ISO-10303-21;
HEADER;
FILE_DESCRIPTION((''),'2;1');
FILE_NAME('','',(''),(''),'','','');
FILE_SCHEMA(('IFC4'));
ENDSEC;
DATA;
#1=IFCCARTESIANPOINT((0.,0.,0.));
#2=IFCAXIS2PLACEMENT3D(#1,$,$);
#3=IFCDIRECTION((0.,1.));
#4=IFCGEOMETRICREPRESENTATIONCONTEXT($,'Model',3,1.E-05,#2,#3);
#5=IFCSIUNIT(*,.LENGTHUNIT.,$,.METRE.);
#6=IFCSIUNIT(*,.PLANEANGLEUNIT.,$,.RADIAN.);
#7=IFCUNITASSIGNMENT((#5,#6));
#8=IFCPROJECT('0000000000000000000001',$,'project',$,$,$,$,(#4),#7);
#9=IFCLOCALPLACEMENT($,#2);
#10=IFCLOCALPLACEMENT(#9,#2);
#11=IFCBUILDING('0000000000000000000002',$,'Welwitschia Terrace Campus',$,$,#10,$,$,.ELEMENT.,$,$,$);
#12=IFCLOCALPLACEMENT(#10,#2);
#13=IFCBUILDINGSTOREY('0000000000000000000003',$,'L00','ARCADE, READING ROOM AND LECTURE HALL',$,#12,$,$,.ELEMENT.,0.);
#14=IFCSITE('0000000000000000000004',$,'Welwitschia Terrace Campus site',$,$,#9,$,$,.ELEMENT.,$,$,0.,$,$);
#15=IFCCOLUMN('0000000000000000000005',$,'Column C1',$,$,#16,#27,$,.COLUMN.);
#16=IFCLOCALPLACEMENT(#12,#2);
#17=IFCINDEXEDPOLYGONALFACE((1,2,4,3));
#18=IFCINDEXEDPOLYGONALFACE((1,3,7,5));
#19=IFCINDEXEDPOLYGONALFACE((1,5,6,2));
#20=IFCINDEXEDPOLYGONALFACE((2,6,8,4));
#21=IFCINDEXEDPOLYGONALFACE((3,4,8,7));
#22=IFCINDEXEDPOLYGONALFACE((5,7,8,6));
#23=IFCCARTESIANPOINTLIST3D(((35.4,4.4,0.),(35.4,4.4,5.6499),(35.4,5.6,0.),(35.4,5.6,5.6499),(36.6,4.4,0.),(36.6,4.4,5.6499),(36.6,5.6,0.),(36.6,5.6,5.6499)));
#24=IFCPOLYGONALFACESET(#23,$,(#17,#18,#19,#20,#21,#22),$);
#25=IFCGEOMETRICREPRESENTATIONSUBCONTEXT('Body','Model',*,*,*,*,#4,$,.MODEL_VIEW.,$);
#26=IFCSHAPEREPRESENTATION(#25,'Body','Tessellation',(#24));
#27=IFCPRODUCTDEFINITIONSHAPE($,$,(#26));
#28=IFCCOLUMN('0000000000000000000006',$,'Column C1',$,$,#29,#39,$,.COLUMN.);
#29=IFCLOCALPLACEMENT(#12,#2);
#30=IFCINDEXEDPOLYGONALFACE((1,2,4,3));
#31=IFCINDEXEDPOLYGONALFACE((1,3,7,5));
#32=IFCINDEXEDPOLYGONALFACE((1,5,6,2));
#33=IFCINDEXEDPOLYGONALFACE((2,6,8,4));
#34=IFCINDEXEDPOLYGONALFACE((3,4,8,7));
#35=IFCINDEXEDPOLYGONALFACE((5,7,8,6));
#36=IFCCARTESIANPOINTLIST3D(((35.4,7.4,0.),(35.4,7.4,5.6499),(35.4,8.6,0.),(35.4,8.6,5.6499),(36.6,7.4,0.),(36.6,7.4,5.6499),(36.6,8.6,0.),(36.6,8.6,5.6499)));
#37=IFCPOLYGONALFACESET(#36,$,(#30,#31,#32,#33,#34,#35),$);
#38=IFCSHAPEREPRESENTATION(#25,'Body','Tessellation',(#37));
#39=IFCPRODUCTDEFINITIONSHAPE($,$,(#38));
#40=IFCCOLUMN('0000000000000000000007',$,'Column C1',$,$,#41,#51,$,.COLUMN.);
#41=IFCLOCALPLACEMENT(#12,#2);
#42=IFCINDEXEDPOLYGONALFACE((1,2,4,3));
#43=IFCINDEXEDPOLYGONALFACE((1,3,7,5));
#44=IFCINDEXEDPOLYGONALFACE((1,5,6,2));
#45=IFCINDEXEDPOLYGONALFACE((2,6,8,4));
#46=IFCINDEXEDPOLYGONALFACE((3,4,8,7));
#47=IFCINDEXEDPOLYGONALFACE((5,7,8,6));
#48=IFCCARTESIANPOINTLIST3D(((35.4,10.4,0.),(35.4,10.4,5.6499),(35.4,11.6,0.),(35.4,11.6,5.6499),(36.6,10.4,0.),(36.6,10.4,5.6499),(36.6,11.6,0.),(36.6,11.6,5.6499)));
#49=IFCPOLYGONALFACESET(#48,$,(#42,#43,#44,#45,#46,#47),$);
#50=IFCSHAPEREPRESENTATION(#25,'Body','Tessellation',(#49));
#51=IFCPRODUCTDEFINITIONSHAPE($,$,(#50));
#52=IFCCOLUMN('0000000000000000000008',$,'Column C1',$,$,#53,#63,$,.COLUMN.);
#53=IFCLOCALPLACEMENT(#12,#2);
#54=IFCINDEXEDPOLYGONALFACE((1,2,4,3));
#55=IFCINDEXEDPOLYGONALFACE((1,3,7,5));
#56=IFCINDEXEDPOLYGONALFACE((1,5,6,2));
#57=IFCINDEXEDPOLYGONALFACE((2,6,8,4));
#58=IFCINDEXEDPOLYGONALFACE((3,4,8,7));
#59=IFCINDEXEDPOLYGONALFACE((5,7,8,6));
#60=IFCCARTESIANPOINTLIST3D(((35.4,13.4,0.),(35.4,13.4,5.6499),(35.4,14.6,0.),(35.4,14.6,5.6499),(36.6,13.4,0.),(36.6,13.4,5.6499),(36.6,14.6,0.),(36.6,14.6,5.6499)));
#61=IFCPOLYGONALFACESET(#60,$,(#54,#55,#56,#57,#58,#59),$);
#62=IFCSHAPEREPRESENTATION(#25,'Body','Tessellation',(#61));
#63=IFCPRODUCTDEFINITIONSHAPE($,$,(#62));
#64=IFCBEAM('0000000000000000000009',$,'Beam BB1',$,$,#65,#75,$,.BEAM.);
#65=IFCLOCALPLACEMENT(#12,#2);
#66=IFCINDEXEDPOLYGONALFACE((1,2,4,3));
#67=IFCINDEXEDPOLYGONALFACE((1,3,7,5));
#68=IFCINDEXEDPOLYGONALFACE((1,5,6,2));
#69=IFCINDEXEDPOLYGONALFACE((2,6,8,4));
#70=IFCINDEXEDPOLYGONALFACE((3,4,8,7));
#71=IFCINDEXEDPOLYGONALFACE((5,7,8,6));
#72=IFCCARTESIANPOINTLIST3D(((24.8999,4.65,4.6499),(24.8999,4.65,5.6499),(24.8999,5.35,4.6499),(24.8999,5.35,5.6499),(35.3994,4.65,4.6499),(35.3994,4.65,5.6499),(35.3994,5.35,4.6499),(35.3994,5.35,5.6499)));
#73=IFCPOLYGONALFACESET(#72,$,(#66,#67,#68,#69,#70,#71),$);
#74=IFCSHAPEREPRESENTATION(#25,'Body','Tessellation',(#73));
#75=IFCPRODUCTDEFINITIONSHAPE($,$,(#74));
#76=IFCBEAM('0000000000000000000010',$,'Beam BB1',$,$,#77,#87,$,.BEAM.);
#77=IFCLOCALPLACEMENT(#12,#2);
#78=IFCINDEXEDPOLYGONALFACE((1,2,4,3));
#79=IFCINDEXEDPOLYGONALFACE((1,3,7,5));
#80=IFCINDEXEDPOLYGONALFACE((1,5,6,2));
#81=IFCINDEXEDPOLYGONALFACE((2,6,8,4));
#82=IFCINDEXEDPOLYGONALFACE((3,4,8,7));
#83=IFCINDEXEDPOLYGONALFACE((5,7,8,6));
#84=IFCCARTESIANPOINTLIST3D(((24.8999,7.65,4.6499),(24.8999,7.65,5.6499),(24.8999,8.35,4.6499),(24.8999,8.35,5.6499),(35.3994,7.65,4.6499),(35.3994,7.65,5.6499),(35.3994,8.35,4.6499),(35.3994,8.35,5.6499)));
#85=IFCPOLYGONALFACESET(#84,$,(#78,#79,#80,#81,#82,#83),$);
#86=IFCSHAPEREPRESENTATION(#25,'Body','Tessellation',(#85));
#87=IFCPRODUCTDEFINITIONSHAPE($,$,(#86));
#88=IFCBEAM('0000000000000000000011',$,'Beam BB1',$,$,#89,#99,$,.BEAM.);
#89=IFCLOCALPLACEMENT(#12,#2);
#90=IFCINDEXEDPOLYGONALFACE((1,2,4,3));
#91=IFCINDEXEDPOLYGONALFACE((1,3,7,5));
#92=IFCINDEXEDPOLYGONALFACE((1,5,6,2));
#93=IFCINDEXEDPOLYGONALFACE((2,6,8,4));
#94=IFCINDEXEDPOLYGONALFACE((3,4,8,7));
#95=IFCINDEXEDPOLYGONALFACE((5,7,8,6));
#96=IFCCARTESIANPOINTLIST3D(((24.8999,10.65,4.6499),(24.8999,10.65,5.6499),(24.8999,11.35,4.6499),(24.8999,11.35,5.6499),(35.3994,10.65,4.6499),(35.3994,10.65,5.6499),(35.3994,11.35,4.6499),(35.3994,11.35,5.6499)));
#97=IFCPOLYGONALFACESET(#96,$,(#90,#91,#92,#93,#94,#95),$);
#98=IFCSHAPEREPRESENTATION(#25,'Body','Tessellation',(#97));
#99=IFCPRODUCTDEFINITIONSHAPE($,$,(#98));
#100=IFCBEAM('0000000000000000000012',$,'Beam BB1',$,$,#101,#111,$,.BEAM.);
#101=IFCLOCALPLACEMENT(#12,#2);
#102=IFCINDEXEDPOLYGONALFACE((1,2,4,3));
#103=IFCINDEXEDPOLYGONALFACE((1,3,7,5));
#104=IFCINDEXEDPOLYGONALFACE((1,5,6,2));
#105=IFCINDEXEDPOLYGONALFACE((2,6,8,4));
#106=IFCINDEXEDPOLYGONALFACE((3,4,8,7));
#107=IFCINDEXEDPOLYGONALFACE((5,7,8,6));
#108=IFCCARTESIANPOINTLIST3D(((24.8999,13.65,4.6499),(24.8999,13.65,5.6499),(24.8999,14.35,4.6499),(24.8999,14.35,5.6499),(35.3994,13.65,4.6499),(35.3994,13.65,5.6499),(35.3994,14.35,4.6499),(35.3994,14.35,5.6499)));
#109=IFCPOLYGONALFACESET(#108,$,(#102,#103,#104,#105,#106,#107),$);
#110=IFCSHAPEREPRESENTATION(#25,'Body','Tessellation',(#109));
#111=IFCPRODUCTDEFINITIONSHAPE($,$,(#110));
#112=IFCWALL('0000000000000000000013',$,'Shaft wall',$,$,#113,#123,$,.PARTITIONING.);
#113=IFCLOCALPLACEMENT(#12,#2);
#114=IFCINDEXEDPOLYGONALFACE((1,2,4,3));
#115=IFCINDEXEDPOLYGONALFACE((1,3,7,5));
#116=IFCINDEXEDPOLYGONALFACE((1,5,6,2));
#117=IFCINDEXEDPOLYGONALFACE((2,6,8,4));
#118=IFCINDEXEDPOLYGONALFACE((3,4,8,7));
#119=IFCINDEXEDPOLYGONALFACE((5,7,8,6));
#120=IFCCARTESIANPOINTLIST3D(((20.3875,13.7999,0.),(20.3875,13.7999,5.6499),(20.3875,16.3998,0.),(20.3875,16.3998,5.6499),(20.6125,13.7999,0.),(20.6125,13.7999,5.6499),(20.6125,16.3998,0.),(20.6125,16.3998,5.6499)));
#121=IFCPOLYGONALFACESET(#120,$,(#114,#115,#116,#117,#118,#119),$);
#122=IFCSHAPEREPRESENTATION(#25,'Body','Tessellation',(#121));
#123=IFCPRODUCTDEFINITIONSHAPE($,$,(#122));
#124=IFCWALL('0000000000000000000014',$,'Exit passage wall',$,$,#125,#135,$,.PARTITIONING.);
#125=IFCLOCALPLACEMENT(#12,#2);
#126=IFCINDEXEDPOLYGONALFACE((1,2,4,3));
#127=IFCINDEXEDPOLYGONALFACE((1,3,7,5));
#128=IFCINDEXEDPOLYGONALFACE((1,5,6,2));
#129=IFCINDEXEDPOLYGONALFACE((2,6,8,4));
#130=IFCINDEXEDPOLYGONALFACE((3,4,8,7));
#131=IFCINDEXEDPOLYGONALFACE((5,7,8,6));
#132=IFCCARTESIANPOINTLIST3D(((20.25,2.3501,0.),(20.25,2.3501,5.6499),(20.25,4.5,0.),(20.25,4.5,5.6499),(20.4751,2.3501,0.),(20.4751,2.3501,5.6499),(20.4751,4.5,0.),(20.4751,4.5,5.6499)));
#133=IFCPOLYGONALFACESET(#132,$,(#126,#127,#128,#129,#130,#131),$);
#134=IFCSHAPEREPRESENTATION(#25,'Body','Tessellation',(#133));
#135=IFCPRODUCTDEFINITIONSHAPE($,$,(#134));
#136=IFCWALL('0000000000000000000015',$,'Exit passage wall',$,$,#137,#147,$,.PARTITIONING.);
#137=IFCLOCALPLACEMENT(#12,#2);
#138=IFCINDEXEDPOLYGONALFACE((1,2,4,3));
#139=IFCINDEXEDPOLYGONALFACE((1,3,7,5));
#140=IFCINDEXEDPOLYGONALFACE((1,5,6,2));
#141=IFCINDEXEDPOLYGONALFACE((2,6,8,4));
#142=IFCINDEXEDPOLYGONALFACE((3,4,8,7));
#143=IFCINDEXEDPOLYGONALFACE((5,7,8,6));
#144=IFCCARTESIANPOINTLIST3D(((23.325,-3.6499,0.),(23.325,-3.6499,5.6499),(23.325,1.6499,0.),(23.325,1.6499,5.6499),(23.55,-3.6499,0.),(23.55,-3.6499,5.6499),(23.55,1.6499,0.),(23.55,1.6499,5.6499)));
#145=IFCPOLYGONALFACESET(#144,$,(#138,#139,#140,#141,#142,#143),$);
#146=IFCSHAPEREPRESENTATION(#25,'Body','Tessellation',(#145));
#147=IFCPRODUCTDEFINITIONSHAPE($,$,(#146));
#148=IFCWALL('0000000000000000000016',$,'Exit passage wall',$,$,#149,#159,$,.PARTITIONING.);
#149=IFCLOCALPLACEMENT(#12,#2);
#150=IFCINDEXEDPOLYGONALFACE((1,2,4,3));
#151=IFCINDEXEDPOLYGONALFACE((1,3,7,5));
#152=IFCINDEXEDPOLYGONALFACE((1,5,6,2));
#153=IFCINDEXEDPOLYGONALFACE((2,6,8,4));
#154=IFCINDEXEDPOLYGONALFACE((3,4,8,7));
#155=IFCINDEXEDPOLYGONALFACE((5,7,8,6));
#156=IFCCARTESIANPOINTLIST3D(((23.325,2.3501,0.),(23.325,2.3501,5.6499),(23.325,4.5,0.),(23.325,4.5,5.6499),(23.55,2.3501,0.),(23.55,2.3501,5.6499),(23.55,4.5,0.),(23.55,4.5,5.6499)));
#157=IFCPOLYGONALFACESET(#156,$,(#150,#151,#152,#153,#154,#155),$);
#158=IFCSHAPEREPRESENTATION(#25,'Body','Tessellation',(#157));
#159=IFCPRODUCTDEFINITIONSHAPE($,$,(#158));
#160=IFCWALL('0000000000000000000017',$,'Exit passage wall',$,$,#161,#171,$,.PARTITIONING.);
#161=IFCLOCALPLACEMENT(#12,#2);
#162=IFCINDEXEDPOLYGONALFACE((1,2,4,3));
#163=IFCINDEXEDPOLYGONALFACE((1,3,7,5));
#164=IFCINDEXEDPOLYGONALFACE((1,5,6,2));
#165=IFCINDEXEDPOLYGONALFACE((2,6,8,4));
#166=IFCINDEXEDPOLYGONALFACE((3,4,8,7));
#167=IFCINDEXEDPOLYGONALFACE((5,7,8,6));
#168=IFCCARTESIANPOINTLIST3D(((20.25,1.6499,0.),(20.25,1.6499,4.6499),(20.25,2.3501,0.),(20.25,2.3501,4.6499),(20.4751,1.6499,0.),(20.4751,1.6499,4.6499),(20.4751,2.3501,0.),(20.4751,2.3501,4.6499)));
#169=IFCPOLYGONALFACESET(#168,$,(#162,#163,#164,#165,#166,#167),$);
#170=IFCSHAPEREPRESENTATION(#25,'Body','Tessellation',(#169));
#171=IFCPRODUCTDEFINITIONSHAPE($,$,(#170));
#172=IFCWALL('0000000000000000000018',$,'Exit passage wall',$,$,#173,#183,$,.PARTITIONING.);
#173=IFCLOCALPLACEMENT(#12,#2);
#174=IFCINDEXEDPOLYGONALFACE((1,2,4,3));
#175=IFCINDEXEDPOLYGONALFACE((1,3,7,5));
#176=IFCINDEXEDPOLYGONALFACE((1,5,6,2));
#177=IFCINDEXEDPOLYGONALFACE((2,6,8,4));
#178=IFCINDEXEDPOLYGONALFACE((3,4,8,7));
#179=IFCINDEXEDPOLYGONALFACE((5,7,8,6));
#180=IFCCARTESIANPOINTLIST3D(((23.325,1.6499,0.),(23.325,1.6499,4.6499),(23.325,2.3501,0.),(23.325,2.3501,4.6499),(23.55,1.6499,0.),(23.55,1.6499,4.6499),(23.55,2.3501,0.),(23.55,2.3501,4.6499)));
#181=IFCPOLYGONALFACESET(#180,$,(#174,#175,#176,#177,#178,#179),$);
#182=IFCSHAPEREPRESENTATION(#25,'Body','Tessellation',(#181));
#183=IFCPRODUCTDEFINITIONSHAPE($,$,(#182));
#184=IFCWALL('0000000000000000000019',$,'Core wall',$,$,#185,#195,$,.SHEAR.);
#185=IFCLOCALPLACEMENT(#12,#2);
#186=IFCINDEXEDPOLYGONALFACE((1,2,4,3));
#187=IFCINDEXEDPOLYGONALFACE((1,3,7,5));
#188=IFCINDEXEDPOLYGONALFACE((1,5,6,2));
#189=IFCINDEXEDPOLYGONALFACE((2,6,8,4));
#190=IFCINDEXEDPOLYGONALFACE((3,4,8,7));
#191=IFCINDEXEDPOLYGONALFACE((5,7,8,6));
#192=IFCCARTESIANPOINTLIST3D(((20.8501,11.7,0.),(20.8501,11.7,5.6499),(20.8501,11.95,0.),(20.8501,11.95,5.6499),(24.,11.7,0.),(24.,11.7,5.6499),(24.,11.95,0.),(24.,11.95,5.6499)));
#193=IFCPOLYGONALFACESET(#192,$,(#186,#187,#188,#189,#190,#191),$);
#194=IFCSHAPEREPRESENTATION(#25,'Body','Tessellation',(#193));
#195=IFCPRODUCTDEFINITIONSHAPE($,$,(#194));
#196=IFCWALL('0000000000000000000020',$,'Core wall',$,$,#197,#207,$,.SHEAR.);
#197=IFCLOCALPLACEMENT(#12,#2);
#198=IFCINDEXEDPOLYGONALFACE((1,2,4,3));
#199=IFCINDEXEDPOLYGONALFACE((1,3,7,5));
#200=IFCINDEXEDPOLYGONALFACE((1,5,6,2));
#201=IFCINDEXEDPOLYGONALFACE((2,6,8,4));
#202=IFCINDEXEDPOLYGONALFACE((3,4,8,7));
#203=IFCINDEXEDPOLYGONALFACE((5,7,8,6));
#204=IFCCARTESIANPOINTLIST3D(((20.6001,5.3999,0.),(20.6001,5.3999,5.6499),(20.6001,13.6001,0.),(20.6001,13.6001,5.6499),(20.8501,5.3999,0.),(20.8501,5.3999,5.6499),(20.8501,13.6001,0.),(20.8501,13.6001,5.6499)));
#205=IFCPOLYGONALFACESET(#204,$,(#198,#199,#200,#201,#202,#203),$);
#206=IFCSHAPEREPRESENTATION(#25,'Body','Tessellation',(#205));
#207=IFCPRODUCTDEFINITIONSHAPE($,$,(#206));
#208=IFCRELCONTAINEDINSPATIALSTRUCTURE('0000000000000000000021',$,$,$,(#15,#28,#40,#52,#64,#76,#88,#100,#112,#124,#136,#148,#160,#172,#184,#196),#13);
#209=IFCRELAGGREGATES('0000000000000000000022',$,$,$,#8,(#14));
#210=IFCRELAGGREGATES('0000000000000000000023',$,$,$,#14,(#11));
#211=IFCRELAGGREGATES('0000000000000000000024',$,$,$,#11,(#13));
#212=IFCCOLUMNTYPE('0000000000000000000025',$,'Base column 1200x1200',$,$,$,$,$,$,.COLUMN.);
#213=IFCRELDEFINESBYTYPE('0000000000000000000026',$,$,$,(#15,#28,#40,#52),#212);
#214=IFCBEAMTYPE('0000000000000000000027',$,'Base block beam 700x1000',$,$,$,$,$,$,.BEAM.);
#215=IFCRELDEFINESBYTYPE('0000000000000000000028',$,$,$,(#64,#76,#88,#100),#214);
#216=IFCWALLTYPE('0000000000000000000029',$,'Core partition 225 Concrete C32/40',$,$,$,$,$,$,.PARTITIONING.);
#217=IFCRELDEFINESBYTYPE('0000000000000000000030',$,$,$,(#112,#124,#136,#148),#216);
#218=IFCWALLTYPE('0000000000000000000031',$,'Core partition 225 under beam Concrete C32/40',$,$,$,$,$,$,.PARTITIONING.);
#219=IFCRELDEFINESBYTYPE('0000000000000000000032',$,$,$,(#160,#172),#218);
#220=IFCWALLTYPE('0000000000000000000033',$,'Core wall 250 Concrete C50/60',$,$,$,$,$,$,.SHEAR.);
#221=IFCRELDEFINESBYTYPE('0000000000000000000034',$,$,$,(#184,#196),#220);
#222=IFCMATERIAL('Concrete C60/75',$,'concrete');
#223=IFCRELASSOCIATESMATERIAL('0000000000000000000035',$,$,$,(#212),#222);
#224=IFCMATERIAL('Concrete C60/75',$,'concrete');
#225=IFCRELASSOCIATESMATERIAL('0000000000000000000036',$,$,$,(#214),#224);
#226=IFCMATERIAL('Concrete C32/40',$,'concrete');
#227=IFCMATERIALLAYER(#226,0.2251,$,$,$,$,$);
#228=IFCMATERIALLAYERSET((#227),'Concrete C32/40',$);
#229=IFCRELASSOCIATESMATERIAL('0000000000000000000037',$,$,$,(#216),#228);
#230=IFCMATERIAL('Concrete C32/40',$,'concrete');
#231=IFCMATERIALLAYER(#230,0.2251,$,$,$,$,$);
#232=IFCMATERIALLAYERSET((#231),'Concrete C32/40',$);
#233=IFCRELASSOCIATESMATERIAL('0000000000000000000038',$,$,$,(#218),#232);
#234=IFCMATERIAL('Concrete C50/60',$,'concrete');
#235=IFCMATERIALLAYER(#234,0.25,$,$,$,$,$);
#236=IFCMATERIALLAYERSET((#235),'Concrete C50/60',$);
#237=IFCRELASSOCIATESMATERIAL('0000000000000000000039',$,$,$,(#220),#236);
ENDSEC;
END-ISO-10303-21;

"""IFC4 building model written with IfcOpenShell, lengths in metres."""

from ifc_helpers import new_model, si_unit, direction, frame, frame_2d, origin, origin_2d, place, context, subcontext, project, spatial, rectangle, extrude, material, layer, layer_set, material_profile, profile_set, type_object, element, save


model = new_model("IFC4")

# Units and contexts
model_context = context("Model", 3, precision=1e-05, world=origin(), true_north=direction((0.0, 1.0)))
body_context = subcontext(model_context, "Body", "Model", "MODEL_VIEW")
ifc_project = project(units=[si_unit("LENGTHUNIT", "METRE"), si_unit("PLANEANGLEUNIT", "RADIAN")], contexts=[model_context])

# Site, building, storey
site_placement = place(None, origin())
site = spatial("IfcSite", under=ifc_project, at=site_placement, Name="Welwitschia Terrace Campus site", CompositionType="ELEMENT", RefElevation=0.0)
building_placement = place(site_placement, origin())
building = spatial("IfcBuilding", under=site, at=building_placement, Name="Welwitschia Terrace Campus", CompositionType="ELEMENT")
storey_placement = place(building_placement, origin())
storey = spatial("IfcBuildingStorey", under=building, at=storey_placement, Name="L00", Description="ARCADE, READING ROOM AND LECTURE HALL", CompositionType="ELEMENT", Elevation=0.0)

# Columns
ifc_material_1 = material(Name="Concrete C60/75", Category="concrete")
ifc_material_profile_1 = material_profile(ifc_material_1, rectangle(XDim=1.2, YDim=1.2, at=origin_2d()))
ifc_profile_set_1 = profile_set([ifc_material_profile_1], Name="Concrete C60/75")
column_type = type_object("IfcColumnType", Name="Base column 1200x1200", PredefinedType="COLUMN", material=ifc_profile_set_1)
for number, where, z_axis, x_axis, name in (
    (1, (36.0, 5.0, 0.0), (0.0, 0.0, 1.0), (1.0, 0.0, 0.0), "Column C1"),
    (2, (36.0, 8.0, 0.0), (0.0, 0.0, 1.0), (1.0, 0.0, 0.0), "Column C1"),
    (3, (36.0, 11.0, 0.0), (0.0, 0.0, 1.0), (1.0, 0.0, 0.0), "Column C1"),
    (4, (36.0, 14.0, 0.0), (0.0, 0.0, 1.0), (1.0, 0.0, 0.0), "Column C1"),
):
    element("IfcColumn", number, at=place(storey_placement, frame(where, z_axis=z_axis, x_axis=x_axis)), inside=storey, type_object=column_type, Name=name, PredefinedType="COLUMN", context=body_context, shape_type="SweptSolid", body=[
        extrude(rectangle(XDim=1.2, YDim=1.2, at=origin_2d()), origin(), (0.0, 0.0, 1.0), 5.6499),
    ])

# Beams
ifc_material_2 = material(Name="Concrete C60/75", Category="concrete")
ifc_material_profile_2 = material_profile(ifc_material_2, rectangle(XDim=0.7, YDim=1.0, at=origin_2d()))
ifc_profile_set_2 = profile_set([ifc_material_profile_2], Name="Concrete C60/75")
beam_type = type_object("IfcBeamType", Name="Base block beam 700x1000", PredefinedType="BEAM", material=ifc_profile_set_2)
for number, where, z_axis, x_axis, name in (
    (5, (24.8999, 5.0, 5.1499), (1.0, 0.0, 0.0), (0.0, 1.0, 0.0), "Beam BB1"),
    (6, (24.8999, 8.0, 5.1499), (1.0, 0.0, 0.0), (0.0, 1.0, 0.0), "Beam BB1"),
    (7, (24.8999, 11.0, 5.1499), (1.0, 0.0, 0.0), (0.0, 1.0, 0.0), "Beam BB1"),
    (8, (24.8999, 14.0, 5.1499), (1.0, 0.0, 0.0), (0.0, 1.0, 0.0), "Beam BB1"),
):
    element("IfcBeam", number, at=place(storey_placement, frame(where, z_axis=z_axis, x_axis=x_axis)), inside=storey, type_object=beam_type, Name=name, PredefinedType="BEAM", context=body_context, shape_type="SweptSolid", body=[
        extrude(rectangle(XDim=0.7, YDim=1.0, at=origin_2d()), origin(), (0.0, 0.0, 1.0), 10.4995),
    ])

# Walls
ifc_material_3 = material(Name="Concrete C32/40", Category="concrete")
ifc_layer_1 = layer(ifc_material_3, 0.2251)
ifc_layer_set_1 = layer_set([ifc_layer_1], Name="Concrete C32/40")
wall_type_1 = type_object("IfcWallType", Name="Core partition 225 Concrete C32/40", PredefinedType="PARTITIONING", material=ifc_layer_set_1)
wall_1_placement = place(storey_placement, frame((20.5, 13.8, 0.0), z_axis=(0.0, 0.0, 1.0), x_axis=(0.0, 1.0, 0.0)))
element("IfcWall", 9, at=wall_1_placement, inside=storey, type_object=wall_type_1, Name="Shaft wall", PredefinedType="PARTITIONING", context=body_context, shape_type="SweptSolid", body=[
    extrude(rectangle(XDim=2.5999, YDim=0.2251, at=frame_2d((1.2998, 0.0))), origin(), (0.0, 0.0, 1.0), 5.6499),
])
wall_2_placement = place(storey_placement, frame((20.3625, 2.3501, 0.0), z_axis=(0.0, 0.0, 1.0), x_axis=(0.0, 1.0, 0.0)))
element("IfcWall", 10, at=wall_2_placement, inside=storey, type_object=wall_type_1, Name="Exit passage wall", PredefinedType="PARTITIONING", context=body_context, shape_type="SweptSolid", body=[
    extrude(rectangle(XDim=2.1499, YDim=0.2251, at=frame_2d((1.075, 0.0))), origin(), (0.0, 0.0, 1.0), 5.6499),
])
wall_3_placement = place(storey_placement, frame((23.4375, 1.6499, 0.0), z_axis=(0.0, 0.0, 1.0), x_axis=(0.0, -1.0, 0.0)))
element("IfcWall", 11, at=wall_3_placement, inside=storey, type_object=wall_type_1, Name="Exit passage wall", PredefinedType="PARTITIONING", context=body_context, shape_type="SweptSolid", body=[
    extrude(rectangle(XDim=5.2998, YDim=0.2251, at=frame_2d((2.6499, 0.0))), origin(), (0.0, 0.0, 1.0), 5.6499),
])
wall_4_placement = place(storey_placement, frame((23.4375, 4.5, 0.0), z_axis=(0.0, 0.0, 1.0), x_axis=(0.0, -1.0, 0.0)))
element("IfcWall", 12, at=wall_4_placement, inside=storey, type_object=wall_type_1, Name="Exit passage wall", PredefinedType="PARTITIONING", context=body_context, shape_type="SweptSolid", body=[
    extrude(rectangle(XDim=2.1499, YDim=0.2251, at=frame_2d((1.075, 0.0))), origin(), (0.0, 0.0, 1.0), 5.6499),
])
ifc_material_4 = material(Name="Concrete C32/40", Category="concrete")
ifc_layer_2 = layer(ifc_material_4, 0.2251)
ifc_layer_set_2 = layer_set([ifc_layer_2], Name="Concrete C32/40")
wall_type_2 = type_object("IfcWallType", Name="Core partition 225 under beam Concrete C32/40", PredefinedType="PARTITIONING", material=ifc_layer_set_2)
for number, where, z_axis, x_axis, name in (
    (13, (20.3625, 1.6499, 0.0), (0.0, 0.0, 1.0), (0.0, 1.0, 0.0), "Exit passage wall"),
    (14, (23.4375, 2.3501, 0.0), (0.0, 0.0, 1.0), (0.0, -1.0, 0.0), "Exit passage wall"),
):
    element("IfcWall", number, at=place(storey_placement, frame(where, z_axis=z_axis, x_axis=x_axis)), inside=storey, type_object=wall_type_2, Name=name, PredefinedType="PARTITIONING", context=body_context, shape_type="SweptSolid", body=[
        extrude(rectangle(XDim=0.7002, YDim=0.2251, at=frame_2d((0.3501, 0.0))), origin(), (0.0, 0.0, 1.0), 4.6499),
    ])
ifc_material_5 = material(Name="Concrete C50/60", Category="concrete")
ifc_layer_3 = layer(ifc_material_5, 0.25)
ifc_layer_set_3 = layer_set([ifc_layer_3], Name="Concrete C50/60")
wall_type_3 = type_object("IfcWallType", Name="Core wall 250 Concrete C50/60", PredefinedType="SHEAR", material=ifc_layer_set_3)
wall_5_placement = place(storey_placement, frame((20.8501, 11.825, 0.0), z_axis=(0.0, 0.0, 1.0), x_axis=(1.0, 0.0, 0.0)))
element("IfcWall", 15, at=wall_5_placement, inside=storey, type_object=wall_type_3, Name="Core wall", PredefinedType="SHEAR", context=body_context, shape_type="SweptSolid", body=[
    extrude(rectangle(XDim=3.1499, YDim=0.25, at=frame_2d((1.575, 0.0))), origin(), (0.0, 0.0, 1.0), 5.6499),
])
wall_6_placement = place(storey_placement, frame((20.7251, 5.3999, 0.0), z_axis=(0.0, 0.0, 1.0), x_axis=(0.0, 1.0, 0.0)))
element("IfcWall", 16, at=wall_6_placement, inside=storey, type_object=wall_type_3, Name="Core wall", PredefinedType="SHEAR", context=body_context, shape_type="SweptSolid", body=[
    extrude(rectangle(XDim=8.2002, YDim=0.25, at=frame_2d((4.1001, 0.0))), origin(), (0.0, 0.0, 1.0), 5.6499),
])

save(model, "model.ifc")
